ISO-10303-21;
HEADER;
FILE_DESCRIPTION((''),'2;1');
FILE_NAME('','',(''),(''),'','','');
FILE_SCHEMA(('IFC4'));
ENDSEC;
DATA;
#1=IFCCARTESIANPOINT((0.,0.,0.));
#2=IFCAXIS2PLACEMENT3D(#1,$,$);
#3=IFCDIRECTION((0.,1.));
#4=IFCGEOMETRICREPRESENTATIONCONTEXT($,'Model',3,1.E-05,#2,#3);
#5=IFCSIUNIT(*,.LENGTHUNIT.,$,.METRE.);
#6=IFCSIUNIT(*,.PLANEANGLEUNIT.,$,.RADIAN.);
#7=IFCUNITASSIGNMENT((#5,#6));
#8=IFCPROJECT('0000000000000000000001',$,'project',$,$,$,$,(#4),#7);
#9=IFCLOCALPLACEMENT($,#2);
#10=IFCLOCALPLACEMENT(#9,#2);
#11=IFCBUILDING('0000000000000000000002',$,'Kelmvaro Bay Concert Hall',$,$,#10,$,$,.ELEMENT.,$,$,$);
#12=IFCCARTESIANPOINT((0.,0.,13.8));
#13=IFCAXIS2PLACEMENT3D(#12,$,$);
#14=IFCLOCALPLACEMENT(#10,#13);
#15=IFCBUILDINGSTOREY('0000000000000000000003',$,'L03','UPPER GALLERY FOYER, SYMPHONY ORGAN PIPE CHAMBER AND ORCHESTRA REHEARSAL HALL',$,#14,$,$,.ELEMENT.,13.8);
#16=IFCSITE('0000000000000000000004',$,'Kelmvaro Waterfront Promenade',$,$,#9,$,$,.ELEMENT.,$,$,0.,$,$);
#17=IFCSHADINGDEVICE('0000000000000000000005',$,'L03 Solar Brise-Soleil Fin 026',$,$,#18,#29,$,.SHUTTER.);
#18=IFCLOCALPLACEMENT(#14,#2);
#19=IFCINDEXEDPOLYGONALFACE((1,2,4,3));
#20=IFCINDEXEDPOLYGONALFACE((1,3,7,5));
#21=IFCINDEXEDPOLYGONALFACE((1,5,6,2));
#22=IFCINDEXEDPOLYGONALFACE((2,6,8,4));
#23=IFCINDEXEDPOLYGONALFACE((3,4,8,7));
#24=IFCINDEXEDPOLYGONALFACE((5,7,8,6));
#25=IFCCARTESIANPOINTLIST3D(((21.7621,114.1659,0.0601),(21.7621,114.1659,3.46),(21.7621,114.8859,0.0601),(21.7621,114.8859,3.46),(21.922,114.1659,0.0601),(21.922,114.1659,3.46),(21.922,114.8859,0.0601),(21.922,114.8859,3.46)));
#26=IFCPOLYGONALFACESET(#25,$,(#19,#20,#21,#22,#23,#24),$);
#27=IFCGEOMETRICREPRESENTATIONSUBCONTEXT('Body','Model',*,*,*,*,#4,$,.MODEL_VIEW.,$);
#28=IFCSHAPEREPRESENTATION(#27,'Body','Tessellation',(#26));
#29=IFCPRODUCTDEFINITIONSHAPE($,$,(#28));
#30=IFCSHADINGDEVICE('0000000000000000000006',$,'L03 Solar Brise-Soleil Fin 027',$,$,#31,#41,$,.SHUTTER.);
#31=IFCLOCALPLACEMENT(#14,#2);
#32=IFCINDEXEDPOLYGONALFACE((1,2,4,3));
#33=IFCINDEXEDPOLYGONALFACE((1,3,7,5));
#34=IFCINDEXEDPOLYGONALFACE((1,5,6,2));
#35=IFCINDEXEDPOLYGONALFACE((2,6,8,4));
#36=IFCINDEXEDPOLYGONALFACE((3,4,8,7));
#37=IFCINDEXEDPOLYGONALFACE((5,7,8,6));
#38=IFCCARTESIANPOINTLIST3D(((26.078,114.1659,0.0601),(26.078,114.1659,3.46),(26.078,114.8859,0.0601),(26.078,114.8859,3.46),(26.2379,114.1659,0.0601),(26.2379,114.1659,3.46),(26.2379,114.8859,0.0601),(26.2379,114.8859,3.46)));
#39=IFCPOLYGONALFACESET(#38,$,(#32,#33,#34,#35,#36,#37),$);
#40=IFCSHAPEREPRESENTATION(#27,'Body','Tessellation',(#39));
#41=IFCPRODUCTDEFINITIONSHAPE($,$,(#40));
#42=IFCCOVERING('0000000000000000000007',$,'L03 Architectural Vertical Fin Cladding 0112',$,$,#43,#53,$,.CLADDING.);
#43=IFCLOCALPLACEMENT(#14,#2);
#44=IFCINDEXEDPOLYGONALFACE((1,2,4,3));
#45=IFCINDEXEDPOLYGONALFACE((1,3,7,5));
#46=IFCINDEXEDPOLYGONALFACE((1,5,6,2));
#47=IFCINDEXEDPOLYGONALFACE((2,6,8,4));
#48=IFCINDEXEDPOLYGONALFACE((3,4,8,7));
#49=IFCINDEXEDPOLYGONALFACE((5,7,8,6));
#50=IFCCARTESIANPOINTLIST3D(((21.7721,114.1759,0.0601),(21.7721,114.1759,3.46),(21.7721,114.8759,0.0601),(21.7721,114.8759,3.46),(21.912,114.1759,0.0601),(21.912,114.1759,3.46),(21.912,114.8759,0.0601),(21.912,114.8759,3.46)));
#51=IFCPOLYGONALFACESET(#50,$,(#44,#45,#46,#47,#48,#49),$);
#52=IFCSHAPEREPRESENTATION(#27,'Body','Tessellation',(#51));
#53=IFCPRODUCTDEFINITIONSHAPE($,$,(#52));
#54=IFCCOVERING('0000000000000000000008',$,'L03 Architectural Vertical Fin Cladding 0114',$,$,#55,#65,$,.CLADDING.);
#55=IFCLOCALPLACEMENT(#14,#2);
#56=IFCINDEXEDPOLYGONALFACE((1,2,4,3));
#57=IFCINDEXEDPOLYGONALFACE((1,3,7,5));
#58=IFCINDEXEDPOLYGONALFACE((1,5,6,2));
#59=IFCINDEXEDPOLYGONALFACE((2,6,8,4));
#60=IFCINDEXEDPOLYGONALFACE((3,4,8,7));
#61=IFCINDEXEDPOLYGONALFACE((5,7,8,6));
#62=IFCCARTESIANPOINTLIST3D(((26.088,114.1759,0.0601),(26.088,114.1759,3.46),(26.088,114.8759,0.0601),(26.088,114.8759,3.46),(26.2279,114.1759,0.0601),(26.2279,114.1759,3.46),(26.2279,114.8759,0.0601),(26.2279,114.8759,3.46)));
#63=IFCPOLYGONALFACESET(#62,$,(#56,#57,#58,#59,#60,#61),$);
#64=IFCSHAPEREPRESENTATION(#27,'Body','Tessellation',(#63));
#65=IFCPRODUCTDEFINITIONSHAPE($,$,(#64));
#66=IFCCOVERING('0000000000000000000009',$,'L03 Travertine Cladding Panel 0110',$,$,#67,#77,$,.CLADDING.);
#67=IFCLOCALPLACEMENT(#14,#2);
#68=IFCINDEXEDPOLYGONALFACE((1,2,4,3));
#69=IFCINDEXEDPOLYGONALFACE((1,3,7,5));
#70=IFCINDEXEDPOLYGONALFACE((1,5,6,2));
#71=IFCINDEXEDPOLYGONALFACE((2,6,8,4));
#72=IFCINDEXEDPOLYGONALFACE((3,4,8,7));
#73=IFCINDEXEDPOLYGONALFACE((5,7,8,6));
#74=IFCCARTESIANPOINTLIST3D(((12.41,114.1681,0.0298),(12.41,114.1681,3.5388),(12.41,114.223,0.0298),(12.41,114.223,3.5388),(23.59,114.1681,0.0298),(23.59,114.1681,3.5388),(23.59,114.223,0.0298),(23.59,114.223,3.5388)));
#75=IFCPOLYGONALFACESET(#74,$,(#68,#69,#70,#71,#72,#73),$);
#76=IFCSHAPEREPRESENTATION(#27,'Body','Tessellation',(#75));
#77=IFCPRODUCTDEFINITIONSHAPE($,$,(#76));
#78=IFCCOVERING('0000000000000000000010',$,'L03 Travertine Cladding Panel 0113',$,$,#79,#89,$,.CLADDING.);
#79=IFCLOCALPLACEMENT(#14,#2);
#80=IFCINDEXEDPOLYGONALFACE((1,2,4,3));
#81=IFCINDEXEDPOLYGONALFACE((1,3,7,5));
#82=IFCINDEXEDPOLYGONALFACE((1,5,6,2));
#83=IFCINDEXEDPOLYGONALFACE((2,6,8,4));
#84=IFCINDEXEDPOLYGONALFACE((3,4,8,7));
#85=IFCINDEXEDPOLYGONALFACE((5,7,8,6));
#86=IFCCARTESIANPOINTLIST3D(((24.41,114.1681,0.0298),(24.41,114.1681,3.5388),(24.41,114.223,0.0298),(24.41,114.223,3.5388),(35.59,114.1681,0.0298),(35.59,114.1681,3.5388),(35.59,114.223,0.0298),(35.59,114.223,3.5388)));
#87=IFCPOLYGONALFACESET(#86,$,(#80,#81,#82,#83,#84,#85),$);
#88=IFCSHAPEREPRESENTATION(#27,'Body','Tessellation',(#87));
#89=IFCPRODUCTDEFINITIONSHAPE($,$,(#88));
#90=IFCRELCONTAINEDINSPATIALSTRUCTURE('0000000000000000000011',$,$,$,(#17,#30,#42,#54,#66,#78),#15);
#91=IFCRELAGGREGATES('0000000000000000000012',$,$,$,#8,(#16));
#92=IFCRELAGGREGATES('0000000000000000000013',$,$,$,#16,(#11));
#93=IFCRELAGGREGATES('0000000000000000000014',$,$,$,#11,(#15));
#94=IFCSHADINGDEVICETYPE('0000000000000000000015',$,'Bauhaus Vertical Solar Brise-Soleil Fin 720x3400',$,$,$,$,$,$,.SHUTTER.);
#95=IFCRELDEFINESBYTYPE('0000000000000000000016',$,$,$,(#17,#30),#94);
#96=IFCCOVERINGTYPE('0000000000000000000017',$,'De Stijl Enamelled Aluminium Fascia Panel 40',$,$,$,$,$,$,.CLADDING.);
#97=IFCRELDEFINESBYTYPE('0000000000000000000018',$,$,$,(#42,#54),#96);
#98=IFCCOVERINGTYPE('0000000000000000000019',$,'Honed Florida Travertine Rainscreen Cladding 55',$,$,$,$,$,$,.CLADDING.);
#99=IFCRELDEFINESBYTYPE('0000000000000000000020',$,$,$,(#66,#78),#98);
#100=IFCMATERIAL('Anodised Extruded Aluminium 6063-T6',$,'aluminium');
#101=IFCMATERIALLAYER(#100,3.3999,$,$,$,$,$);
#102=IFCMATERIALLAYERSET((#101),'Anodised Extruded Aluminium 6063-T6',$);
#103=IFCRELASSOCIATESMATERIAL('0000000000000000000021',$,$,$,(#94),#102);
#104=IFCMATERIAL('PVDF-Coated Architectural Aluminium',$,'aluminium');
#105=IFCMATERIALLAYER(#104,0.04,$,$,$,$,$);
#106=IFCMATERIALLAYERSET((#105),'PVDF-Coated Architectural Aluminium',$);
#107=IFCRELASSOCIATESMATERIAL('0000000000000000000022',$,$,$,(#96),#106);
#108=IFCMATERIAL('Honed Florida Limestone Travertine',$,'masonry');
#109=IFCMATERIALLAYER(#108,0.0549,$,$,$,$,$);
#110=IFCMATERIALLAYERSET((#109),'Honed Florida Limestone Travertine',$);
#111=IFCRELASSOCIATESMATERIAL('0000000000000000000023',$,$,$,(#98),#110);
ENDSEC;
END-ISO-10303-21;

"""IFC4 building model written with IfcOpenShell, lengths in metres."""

from ifc_helpers import new_model, si_unit, direction, frame, origin, origin_2d, place, context, subcontext, project, spatial, rectangle, extrude, material, layer, layer_set, type_object, element, save


model = new_model("IFC4")

# Units and contexts
model_context = context("Model", 3, precision=1e-05, world=origin(), true_north=direction((0.0, 1.0)))
body_context = subcontext(model_context, "Body", "Model", "MODEL_VIEW")
ifc_project = project(units=[si_unit("LENGTHUNIT", "METRE"), si_unit("PLANEANGLEUNIT", "RADIAN")], contexts=[model_context])

# Site, building, storey
site_placement = place(None, origin())
site = spatial("IfcSite", under=ifc_project, at=site_placement, Name="Kelmvaro Waterfront Promenade", CompositionType="ELEMENT", RefElevation=0.0)
building_placement = place(site_placement, origin())
building = spatial("IfcBuilding", under=site, at=building_placement, Name="Kelmvaro Bay Concert Hall", CompositionType="ELEMENT")
storey_placement = place(building_placement, frame((0.0, 0.0, 13.8)))
storey = spatial("IfcBuildingStorey", under=building, at=storey_placement, Name="L03", Description="UPPER GALLERY FOYER, SYMPHONY ORGAN PIPE CHAMBER AND ORCHESTRA REHEARSAL HALL", CompositionType="ELEMENT", Elevation=13.8)

# Shading devices
ifc_material_1 = material(Name="Anodised Extruded Aluminium 6063-T6", Category="aluminium")
ifc_layer_1 = layer(ifc_material_1, 3.3999)
ifc_layer_set_1 = layer_set([ifc_layer_1], Name="Anodised Extruded Aluminium 6063-T6")
shading_device_type = type_object("IfcShadingDeviceType", Name="Bauhaus Vertical Solar Brise-Soleil Fin 720x3400", PredefinedType="SHUTTER", material=ifc_layer_set_1)
for number, where, z_axis, x_axis, name in (
    (1, (21.842, 114.5259, 0.0601), (0.0, 0.0, 1.0), (1.0, 0.0, 0.0), "L03 Solar Brise-Soleil Fin 026"),
    (2, (26.158, 114.5259, 0.0601), (0.0, 0.0, 1.0), (1.0, 0.0, 0.0), "L03 Solar Brise-Soleil Fin 027"),
):
    element("IfcShadingDevice", number, at=place(storey_placement, frame(where, z_axis=z_axis, x_axis=x_axis)), inside=storey, type_object=shading_device_type, Name=name, PredefinedType="SHUTTER", context=body_context, shape_type="SweptSolid", body=[
        extrude(rectangle(XDim=0.1599, YDim=0.72, at=origin_2d()), origin(), (0.0, 0.0, 1.0), 3.3999),
    ])

# Coverings
ifc_material_2 = material(Name="PVDF-Coated Architectural Aluminium", Category="aluminium")
ifc_layer_2 = layer(ifc_material_2, 0.04)
ifc_layer_set_2 = layer_set([ifc_layer_2], Name="PVDF-Coated Architectural Aluminium")
covering_type_1 = type_object("IfcCoveringType", Name="De Stijl Enamelled Aluminium Fascia Panel 40", PredefinedType="CLADDING", material=ifc_layer_set_2)
for number, where, z_axis, x_axis, name in (
    (3, (21.842, 114.5259, 0.0601), (0.0, 0.0, 1.0), (1.0, 0.0, 0.0), "L03 Architectural Vertical Fin Cladding 0112"),
    (4, (26.158, 114.5259, 0.0601), (0.0, 0.0, 1.0), (1.0, 0.0, 0.0), "L03 Architectural Vertical Fin Cladding 0114"),
):
    element("IfcCovering", number, at=place(storey_placement, frame(where, z_axis=z_axis, x_axis=x_axis)), inside=storey, type_object=covering_type_1, Name=name, PredefinedType="CLADDING", context=body_context, shape_type="SweptSolid", body=[
        extrude(rectangle(XDim=0.1399, YDim=0.7, at=origin_2d()), origin(), (0.0, 0.0, 1.0), 3.3999),
    ])
ifc_material_3 = material(Name="Honed Florida Limestone Travertine", Category="masonry")
ifc_layer_3 = layer(ifc_material_3, 0.0549)
ifc_layer_set_3 = layer_set([ifc_layer_3], Name="Honed Florida Limestone Travertine")
covering_type_2 = type_object("IfcCoveringType", Name="Honed Florida Travertine Rainscreen Cladding 55", PredefinedType="CLADDING", material=ifc_layer_set_3)
for number, where, z_axis, x_axis, name in (
    (5, (18.0, 114.1956, 0.0298), (0.0, 0.0, 1.0), (1.0, 0.0, 0.0), "L03 Travertine Cladding Panel 0110"),
    (6, (30.0, 114.1956, 0.0298), (0.0, 0.0, 1.0), (1.0, 0.0, 0.0), "L03 Travertine Cladding Panel 0113"),
):
    element("IfcCovering", number, at=place(storey_placement, frame(where, z_axis=z_axis, x_axis=x_axis)), inside=storey, type_object=covering_type_2, Name=name, PredefinedType="CLADDING", context=body_context, shape_type="SweptSolid", body=[
        extrude(rectangle(XDim=11.1799, YDim=0.0549, at=origin_2d()), origin(), (0.0, 0.0, 1.0), 3.509),
    ])

save(model, "model.ifc")
